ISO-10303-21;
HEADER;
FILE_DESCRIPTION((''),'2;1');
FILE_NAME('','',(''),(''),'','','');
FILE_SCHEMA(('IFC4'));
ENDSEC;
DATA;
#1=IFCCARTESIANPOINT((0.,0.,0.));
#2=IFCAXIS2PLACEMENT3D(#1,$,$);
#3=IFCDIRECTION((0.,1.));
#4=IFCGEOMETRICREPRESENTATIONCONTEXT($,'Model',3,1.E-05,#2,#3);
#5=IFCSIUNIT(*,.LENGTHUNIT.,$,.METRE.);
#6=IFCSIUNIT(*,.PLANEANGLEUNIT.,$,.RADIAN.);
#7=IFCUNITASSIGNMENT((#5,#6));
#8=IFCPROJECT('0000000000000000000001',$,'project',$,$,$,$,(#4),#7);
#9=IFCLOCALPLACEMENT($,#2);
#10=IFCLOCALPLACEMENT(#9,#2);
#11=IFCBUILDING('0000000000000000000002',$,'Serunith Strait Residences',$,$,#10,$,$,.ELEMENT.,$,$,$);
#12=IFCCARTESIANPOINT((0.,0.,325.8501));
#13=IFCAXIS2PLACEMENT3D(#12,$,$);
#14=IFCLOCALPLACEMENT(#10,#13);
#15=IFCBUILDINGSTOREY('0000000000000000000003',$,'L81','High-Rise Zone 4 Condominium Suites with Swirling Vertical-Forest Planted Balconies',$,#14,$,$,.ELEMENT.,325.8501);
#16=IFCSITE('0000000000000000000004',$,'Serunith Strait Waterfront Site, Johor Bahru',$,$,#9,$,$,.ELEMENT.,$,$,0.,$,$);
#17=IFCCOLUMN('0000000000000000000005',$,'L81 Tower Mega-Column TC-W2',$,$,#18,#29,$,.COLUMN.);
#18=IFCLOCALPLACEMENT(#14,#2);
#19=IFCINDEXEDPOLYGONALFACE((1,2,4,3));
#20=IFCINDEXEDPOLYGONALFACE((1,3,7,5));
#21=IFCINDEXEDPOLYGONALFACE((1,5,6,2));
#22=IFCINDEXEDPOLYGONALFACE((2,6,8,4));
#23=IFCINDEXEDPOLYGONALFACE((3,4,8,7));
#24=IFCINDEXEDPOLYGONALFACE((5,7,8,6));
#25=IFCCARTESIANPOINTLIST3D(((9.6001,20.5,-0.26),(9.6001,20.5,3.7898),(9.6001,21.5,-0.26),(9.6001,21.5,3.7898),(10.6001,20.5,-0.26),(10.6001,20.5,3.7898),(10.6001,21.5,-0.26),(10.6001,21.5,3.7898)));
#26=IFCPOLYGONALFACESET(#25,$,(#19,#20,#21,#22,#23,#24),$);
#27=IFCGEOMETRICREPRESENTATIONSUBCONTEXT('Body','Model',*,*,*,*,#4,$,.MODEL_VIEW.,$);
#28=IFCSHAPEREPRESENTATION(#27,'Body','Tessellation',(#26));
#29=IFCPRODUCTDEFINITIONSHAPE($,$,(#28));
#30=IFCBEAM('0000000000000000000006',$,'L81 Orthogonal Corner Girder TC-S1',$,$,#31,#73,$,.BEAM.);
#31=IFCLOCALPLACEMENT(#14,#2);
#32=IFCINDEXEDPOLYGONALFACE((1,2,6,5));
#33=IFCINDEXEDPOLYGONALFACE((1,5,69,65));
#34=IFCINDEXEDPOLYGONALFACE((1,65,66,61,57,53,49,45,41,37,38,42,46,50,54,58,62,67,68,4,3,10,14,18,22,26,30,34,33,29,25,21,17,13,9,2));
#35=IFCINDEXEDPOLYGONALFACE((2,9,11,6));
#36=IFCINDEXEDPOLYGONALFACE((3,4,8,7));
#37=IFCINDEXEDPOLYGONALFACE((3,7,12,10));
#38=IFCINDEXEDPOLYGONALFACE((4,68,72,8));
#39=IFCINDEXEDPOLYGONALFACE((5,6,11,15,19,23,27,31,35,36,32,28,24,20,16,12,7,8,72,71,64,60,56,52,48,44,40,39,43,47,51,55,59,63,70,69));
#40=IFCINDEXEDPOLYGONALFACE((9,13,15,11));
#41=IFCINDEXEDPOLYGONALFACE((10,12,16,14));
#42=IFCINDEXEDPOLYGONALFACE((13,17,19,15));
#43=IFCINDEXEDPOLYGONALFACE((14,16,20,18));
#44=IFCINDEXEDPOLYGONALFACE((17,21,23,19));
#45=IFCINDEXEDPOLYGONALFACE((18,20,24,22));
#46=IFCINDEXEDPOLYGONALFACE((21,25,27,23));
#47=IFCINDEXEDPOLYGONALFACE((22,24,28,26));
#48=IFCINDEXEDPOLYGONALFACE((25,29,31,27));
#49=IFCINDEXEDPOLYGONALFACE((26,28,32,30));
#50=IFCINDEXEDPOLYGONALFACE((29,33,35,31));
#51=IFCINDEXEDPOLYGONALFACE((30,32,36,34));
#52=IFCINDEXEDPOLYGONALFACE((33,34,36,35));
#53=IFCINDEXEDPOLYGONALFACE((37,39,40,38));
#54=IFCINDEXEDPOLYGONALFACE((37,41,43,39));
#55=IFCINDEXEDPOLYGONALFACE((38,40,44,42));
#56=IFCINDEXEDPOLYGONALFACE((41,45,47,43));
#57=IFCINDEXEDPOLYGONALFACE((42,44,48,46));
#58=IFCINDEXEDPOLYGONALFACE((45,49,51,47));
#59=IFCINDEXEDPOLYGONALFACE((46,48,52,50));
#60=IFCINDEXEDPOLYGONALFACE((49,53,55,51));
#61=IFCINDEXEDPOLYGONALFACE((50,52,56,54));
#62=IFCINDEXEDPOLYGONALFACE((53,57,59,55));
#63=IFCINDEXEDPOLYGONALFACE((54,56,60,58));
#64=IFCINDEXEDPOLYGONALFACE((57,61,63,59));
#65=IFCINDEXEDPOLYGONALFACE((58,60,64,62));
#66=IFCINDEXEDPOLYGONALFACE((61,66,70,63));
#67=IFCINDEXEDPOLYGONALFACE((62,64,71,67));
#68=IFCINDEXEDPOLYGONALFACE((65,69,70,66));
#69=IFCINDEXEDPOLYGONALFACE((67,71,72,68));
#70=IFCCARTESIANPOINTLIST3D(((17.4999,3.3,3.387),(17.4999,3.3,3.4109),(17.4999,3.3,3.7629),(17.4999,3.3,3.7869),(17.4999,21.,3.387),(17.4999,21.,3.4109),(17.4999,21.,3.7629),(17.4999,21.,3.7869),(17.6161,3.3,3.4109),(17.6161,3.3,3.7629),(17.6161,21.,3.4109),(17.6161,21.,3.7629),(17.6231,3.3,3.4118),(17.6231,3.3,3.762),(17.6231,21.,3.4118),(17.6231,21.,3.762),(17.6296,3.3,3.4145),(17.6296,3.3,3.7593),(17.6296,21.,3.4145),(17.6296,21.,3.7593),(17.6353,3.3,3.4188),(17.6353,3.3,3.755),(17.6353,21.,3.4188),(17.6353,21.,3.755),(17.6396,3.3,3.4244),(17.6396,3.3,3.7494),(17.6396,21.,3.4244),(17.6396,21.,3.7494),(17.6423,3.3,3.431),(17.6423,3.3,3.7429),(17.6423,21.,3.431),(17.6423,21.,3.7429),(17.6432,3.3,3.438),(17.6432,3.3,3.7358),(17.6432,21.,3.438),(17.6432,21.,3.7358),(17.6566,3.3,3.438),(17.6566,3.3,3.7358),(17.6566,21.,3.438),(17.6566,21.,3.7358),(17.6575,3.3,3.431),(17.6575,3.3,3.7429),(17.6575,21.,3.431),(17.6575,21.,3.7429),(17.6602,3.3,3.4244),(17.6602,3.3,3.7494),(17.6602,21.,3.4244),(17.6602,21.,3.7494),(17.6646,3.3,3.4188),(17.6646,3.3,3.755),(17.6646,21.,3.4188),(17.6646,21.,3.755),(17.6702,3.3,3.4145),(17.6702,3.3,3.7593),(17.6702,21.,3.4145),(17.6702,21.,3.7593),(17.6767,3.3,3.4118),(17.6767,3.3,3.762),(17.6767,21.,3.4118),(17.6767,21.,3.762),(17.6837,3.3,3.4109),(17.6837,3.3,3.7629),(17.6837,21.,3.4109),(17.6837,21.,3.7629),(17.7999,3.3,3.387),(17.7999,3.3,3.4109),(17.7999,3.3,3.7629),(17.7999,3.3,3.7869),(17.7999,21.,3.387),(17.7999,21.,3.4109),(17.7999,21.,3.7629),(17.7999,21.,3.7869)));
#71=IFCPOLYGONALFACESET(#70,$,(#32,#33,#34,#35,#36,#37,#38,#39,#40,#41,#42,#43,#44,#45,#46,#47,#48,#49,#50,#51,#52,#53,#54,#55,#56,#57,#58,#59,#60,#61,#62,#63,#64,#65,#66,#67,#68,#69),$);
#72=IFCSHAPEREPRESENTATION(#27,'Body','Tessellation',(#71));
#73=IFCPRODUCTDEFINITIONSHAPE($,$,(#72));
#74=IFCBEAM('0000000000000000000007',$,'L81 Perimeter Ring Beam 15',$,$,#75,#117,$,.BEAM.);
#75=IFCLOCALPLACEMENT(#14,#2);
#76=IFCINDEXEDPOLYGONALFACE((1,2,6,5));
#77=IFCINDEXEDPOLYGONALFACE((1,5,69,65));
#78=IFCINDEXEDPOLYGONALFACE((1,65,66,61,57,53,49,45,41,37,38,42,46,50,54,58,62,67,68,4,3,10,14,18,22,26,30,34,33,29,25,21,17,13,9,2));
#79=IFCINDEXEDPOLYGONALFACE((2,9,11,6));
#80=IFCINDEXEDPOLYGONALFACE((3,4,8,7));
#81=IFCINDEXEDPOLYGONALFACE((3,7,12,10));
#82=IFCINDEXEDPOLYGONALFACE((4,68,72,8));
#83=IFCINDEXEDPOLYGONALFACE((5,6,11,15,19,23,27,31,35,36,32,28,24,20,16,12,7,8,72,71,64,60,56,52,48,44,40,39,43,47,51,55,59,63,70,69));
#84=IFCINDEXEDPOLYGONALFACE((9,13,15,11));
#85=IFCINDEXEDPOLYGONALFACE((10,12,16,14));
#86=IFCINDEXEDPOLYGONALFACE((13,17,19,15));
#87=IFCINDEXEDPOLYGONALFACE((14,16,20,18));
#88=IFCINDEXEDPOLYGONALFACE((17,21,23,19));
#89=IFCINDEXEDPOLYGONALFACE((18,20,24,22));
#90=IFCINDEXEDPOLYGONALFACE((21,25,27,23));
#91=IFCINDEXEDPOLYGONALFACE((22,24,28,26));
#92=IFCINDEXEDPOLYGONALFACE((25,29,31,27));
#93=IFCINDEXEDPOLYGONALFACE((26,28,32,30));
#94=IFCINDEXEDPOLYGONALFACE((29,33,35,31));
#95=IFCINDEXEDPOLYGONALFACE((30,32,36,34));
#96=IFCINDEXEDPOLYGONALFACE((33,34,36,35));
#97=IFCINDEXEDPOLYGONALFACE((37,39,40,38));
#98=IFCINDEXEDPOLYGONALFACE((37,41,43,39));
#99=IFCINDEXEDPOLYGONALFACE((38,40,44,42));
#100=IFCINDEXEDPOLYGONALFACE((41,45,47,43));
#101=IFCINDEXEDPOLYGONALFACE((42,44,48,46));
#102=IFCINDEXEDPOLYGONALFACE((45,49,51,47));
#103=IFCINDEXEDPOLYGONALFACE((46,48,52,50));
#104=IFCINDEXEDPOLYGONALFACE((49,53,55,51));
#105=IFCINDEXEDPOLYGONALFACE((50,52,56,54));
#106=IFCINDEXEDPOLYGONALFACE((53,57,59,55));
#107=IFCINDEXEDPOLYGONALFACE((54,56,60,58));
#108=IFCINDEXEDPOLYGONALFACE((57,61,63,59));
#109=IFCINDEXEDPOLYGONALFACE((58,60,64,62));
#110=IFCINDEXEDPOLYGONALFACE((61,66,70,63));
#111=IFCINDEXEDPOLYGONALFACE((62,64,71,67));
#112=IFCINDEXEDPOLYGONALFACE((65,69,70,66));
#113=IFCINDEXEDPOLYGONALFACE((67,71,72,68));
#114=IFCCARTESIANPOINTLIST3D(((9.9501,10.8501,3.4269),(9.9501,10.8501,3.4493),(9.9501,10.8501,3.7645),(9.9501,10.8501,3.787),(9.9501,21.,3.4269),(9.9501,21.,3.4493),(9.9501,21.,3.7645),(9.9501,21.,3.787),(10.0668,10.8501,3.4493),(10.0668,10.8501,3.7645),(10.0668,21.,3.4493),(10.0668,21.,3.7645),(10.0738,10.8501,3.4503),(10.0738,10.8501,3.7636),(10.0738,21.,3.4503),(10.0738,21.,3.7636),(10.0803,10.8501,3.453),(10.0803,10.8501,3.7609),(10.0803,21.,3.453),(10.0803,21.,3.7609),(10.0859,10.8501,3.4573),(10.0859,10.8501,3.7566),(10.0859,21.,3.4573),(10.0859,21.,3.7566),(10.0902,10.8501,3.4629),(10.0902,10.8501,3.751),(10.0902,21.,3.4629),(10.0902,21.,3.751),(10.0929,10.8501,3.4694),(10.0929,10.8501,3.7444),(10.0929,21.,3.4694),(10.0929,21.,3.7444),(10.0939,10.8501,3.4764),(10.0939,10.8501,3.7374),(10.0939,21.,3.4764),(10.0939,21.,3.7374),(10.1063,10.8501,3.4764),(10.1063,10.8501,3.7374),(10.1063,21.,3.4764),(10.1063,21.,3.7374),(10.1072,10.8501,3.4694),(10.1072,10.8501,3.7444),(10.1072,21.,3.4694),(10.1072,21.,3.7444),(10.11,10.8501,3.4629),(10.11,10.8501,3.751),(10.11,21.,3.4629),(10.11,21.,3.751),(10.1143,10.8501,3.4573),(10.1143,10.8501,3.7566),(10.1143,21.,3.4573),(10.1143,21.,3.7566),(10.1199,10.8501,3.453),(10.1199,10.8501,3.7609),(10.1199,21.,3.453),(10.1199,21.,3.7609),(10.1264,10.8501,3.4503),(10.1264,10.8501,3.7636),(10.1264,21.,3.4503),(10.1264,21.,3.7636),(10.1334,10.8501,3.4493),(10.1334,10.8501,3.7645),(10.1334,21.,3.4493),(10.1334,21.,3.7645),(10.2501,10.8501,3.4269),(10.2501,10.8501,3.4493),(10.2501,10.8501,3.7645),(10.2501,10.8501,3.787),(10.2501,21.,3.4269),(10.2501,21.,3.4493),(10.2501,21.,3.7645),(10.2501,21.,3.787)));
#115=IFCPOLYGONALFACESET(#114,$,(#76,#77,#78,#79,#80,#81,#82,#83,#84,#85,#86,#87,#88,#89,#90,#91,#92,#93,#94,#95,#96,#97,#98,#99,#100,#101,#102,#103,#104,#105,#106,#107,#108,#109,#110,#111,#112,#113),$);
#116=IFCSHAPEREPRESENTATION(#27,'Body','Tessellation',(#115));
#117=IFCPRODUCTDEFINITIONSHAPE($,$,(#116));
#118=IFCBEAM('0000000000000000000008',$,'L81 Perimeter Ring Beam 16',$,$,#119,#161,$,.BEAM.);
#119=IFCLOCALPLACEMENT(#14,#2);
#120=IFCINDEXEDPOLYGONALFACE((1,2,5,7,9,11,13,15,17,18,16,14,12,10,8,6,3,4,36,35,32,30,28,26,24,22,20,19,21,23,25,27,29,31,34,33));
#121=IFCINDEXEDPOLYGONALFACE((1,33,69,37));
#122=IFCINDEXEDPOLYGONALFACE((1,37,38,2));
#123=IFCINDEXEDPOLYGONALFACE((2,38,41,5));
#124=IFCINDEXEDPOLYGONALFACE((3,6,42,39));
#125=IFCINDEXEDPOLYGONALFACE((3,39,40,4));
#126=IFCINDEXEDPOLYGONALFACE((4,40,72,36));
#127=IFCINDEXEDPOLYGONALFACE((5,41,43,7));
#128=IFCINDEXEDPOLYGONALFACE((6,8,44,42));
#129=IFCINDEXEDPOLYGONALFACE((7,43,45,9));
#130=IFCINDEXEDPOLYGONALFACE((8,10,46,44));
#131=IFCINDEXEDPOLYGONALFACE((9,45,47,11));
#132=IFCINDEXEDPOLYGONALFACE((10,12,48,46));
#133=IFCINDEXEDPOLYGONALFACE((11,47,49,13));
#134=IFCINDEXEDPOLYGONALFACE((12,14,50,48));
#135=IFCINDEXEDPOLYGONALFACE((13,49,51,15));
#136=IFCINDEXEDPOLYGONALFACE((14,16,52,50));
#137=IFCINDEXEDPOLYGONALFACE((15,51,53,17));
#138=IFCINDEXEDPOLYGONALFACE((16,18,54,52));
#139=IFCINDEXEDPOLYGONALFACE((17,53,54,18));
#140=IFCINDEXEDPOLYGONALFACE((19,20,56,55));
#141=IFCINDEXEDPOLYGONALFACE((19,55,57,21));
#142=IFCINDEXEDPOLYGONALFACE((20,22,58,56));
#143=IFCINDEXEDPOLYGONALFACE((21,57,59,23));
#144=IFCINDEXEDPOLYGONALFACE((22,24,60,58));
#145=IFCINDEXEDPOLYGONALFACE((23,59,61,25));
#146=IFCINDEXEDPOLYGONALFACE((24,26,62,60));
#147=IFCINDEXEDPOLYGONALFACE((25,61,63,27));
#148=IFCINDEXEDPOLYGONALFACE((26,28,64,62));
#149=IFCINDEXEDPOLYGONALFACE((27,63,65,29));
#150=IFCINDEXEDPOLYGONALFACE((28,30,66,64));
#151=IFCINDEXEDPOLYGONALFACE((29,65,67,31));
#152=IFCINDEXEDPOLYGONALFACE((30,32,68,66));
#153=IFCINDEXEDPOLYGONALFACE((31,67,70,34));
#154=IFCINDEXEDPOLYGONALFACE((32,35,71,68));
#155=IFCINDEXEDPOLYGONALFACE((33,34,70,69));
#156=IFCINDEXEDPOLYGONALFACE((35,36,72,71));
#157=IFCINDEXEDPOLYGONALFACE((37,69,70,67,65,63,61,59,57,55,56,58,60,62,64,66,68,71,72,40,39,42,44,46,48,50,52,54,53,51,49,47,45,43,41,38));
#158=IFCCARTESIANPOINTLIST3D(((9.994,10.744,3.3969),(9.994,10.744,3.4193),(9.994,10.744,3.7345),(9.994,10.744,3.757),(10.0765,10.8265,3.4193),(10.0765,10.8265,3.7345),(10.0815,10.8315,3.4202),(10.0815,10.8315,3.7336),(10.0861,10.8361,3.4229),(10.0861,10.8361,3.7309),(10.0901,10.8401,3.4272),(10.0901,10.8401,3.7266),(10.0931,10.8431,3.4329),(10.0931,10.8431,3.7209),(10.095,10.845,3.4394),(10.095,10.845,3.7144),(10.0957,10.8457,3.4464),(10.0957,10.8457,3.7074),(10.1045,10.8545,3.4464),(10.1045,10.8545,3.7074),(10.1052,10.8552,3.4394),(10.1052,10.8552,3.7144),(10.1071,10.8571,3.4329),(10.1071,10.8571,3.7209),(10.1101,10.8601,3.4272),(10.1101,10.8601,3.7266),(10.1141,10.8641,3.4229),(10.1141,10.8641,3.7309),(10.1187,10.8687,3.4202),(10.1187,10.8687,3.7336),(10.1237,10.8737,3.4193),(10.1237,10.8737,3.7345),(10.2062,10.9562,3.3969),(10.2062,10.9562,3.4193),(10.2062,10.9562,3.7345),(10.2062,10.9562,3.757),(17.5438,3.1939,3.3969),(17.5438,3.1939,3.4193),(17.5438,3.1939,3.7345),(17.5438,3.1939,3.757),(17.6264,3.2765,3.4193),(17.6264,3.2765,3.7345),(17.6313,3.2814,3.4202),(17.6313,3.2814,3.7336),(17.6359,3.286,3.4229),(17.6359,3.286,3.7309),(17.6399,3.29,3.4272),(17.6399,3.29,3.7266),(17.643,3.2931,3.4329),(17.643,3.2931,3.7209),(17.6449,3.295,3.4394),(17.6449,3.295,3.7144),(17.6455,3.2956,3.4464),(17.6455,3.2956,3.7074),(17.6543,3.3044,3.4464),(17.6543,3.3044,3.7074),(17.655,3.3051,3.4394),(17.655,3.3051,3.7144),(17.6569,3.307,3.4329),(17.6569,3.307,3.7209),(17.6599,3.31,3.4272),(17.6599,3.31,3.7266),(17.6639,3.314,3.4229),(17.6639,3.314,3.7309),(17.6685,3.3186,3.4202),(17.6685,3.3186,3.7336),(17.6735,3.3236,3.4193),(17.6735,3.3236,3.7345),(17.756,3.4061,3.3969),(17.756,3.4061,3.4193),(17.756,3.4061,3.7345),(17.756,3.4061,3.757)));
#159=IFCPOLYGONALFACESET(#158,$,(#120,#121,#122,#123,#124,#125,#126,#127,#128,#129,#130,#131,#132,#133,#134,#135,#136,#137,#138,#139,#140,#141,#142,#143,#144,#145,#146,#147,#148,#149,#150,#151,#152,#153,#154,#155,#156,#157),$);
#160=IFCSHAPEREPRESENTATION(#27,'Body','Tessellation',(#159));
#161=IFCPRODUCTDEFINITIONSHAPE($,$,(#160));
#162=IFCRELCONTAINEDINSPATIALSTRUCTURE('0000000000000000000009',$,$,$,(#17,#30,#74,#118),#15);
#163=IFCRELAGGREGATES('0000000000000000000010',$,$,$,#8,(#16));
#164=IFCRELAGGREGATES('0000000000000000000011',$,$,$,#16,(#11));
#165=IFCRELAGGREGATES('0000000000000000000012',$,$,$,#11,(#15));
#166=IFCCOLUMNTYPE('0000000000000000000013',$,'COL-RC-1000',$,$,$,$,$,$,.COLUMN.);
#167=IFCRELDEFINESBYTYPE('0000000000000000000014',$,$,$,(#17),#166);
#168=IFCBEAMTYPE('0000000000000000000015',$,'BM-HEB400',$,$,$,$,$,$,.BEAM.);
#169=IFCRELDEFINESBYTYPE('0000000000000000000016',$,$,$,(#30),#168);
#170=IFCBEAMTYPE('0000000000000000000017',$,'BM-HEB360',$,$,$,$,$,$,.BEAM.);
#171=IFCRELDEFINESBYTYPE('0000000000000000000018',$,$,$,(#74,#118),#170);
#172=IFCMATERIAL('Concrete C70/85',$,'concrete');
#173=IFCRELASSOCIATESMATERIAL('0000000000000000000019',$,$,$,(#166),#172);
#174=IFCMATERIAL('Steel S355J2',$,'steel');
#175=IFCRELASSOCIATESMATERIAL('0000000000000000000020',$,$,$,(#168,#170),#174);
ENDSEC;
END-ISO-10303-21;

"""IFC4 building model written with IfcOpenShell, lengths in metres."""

from ifc_helpers import new_model, si_unit, direction, frame, origin, origin_2d, place, context, subcontext, project, spatial, rectangle, i_section, extrude, source, transform, mapped, material, material_profile, profile_set, type_object, element, save


model = new_model("IFC4")

# Units and contexts
model_context = context("Model", 3, precision=1e-05, world=origin(), true_north=direction((0.0, 1.0)))
body_context = subcontext(model_context, "Body", "Model", "MODEL_VIEW")
ifc_project = project(units=[si_unit("LENGTHUNIT", "METRE"), si_unit("PLANEANGLEUNIT", "RADIAN")], contexts=[model_context])

# Site, building, storey
site_placement = place(None, origin())
site = spatial("IfcSite", under=ifc_project, at=site_placement, Name="Serunith Strait Waterfront Site, Johor Bahru", CompositionType="ELEMENT", RefElevation=0.0)
building_placement = place(site_placement, origin())
building = spatial("IfcBuilding", under=site, at=building_placement, Name="Serunith Strait Residences", CompositionType="ELEMENT")
storey_placement = place(building_placement, frame((0.0, 0.0, 325.8501)))
storey = spatial("IfcBuildingStorey", under=building, at=storey_placement, Name="L81", Description="High-Rise Zone 4 Condominium Suites with Swirling Vertical-Forest Planted Balconies", CompositionType="ELEMENT", Elevation=325.8501)

# Column
ifc_material_1 = material(Name="Concrete C70/85", Category="concrete")
ifc_material_profile_1 = material_profile(ifc_material_1, rectangle(XDim=1.0, YDim=1.0, at=origin_2d()), Name="RC 1000x1000")
ifc_profile_set_1 = profile_set([ifc_material_profile_1], Name="Concrete C70/85")
column_type = type_object("IfcColumnType", Name="COL-RC-1000", PredefinedType="COLUMN", material=ifc_profile_set_1)
shared_shape_1 = source(origin(), body_context, "Body", "SweptSolid", [
    extrude(rectangle(XDim=1.0, YDim=1.0, at=origin_2d()), origin(), (0.0, 0.0, 1.0), 4.0498),
])
column_placement = place(storey_placement, frame((10.1001, 21.0, -0.26), z_axis=(0.0, 0.0, 1.0), x_axis=(1.0, 0.0, 0.0)))
element("IfcColumn", 1, at=column_placement, inside=storey, type_object=column_type, Name="L81 Tower Mega-Column TC-W2", PredefinedType="COLUMN", context=body_context, shape_type="MappedRepresentation", body=[
    mapped(shared_shape_1, transform((0.0, 0.0, 0.0), scale=1.0)),
])

# Beams
ifc_material_2 = material(Name="Steel S355J2", Category="steel")
ifc_material_profile_2 = material_profile(ifc_material_2, i_section(OverallWidth=0.3, OverallDepth=0.3999, WebThickness=0.0134, FlangeThickness=0.0239, FilletRadius=0.0271, at=origin_2d()), Name="HEB 400")
ifc_profile_set_2 = profile_set([ifc_material_profile_2], Name="Steel S355J2")
beam_type_1 = type_object("IfcBeamType", Name="BM-HEB400", PredefinedType="BEAM", material=ifc_profile_set_2)
shared_shape_2 = source(origin(), body_context, "Body", "SweptSolid", [
    extrude(i_section(OverallWidth=0.3, OverallDepth=0.3999, WebThickness=0.0134, FlangeThickness=0.0239, FilletRadius=0.0271, at=origin_2d()), origin(), (0.0, 0.0, 1.0), 17.7),
])
beam_1_placement = place(storey_placement, frame((17.6499, 21.0, 3.5869), z_axis=(0.0, -1.0, 0.0), x_axis=(1.0, 0.0, 0.0)))
element("IfcBeam", 2, at=beam_1_placement, inside=storey, type_object=beam_type_1, Name="L81 Orthogonal Corner Girder TC-S1", PredefinedType="BEAM", context=body_context, shape_type="MappedRepresentation", body=[
    mapped(shared_shape_2, transform((0.0, 0.0, 0.0), scale=1.0)),
])
ifc_material_profile_3 = material_profile(ifc_material_2, i_section(OverallWidth=0.3, OverallDepth=0.3601, WebThickness=0.0125, FlangeThickness=0.0225, FilletRadius=0.0271, at=origin_2d()), Name="HEB 360")
ifc_profile_set_3 = profile_set([ifc_material_profile_3], Name="Steel S355J2")
beam_type_2 = type_object("IfcBeamType", Name="BM-HEB360", PredefinedType="BEAM", material=ifc_profile_set_3)
shared_shape_3 = source(origin(), body_context, "Body", "SweptSolid", [
    extrude(i_section(OverallWidth=0.3, OverallDepth=0.3601, WebThickness=0.0125, FlangeThickness=0.0225, FilletRadius=0.0271, at=origin_2d()), origin(), (0.0, 0.0, 1.0), 10.1499),
])
beam_2_placement = place(storey_placement, frame((10.1001, 21.0, 3.6069), z_axis=(0.0, -1.0, 0.0), x_axis=(1.0, 0.0, 0.0)))
element("IfcBeam", 3, at=beam_2_placement, inside=storey, type_object=beam_type_2, Name="L81 Perimeter Ring Beam 15", PredefinedType="BEAM", context=body_context, shape_type="MappedRepresentation", body=[
    mapped(shared_shape_3, transform((0.0, 0.0, 0.0), scale=1.0)),
])
shared_shape_4 = source(origin(), body_context, "Body", "SweptSolid", [
    extrude(i_section(OverallWidth=0.3, OverallDepth=0.3601, WebThickness=0.0125, FlangeThickness=0.0225, FilletRadius=0.0271, at=origin_2d()), origin(), (0.0, 0.0, 1.0), 10.6772),
])
beam_3_placement = place(storey_placement, frame((10.1001, 10.8501, 3.5769), z_axis=(0.707095, -0.707118, 0.0), x_axis=(0.707118, 0.707095, 0.0)))
element("IfcBeam", 4, at=beam_3_placement, inside=storey, type_object=beam_type_2, Name="L81 Perimeter Ring Beam 16", PredefinedType="BEAM", context=body_context, shape_type="MappedRepresentation", body=[
    mapped(shared_shape_4, transform((0.0, 0.0, 0.0), scale=1.0)),
])

save(model, "model.ifc")
